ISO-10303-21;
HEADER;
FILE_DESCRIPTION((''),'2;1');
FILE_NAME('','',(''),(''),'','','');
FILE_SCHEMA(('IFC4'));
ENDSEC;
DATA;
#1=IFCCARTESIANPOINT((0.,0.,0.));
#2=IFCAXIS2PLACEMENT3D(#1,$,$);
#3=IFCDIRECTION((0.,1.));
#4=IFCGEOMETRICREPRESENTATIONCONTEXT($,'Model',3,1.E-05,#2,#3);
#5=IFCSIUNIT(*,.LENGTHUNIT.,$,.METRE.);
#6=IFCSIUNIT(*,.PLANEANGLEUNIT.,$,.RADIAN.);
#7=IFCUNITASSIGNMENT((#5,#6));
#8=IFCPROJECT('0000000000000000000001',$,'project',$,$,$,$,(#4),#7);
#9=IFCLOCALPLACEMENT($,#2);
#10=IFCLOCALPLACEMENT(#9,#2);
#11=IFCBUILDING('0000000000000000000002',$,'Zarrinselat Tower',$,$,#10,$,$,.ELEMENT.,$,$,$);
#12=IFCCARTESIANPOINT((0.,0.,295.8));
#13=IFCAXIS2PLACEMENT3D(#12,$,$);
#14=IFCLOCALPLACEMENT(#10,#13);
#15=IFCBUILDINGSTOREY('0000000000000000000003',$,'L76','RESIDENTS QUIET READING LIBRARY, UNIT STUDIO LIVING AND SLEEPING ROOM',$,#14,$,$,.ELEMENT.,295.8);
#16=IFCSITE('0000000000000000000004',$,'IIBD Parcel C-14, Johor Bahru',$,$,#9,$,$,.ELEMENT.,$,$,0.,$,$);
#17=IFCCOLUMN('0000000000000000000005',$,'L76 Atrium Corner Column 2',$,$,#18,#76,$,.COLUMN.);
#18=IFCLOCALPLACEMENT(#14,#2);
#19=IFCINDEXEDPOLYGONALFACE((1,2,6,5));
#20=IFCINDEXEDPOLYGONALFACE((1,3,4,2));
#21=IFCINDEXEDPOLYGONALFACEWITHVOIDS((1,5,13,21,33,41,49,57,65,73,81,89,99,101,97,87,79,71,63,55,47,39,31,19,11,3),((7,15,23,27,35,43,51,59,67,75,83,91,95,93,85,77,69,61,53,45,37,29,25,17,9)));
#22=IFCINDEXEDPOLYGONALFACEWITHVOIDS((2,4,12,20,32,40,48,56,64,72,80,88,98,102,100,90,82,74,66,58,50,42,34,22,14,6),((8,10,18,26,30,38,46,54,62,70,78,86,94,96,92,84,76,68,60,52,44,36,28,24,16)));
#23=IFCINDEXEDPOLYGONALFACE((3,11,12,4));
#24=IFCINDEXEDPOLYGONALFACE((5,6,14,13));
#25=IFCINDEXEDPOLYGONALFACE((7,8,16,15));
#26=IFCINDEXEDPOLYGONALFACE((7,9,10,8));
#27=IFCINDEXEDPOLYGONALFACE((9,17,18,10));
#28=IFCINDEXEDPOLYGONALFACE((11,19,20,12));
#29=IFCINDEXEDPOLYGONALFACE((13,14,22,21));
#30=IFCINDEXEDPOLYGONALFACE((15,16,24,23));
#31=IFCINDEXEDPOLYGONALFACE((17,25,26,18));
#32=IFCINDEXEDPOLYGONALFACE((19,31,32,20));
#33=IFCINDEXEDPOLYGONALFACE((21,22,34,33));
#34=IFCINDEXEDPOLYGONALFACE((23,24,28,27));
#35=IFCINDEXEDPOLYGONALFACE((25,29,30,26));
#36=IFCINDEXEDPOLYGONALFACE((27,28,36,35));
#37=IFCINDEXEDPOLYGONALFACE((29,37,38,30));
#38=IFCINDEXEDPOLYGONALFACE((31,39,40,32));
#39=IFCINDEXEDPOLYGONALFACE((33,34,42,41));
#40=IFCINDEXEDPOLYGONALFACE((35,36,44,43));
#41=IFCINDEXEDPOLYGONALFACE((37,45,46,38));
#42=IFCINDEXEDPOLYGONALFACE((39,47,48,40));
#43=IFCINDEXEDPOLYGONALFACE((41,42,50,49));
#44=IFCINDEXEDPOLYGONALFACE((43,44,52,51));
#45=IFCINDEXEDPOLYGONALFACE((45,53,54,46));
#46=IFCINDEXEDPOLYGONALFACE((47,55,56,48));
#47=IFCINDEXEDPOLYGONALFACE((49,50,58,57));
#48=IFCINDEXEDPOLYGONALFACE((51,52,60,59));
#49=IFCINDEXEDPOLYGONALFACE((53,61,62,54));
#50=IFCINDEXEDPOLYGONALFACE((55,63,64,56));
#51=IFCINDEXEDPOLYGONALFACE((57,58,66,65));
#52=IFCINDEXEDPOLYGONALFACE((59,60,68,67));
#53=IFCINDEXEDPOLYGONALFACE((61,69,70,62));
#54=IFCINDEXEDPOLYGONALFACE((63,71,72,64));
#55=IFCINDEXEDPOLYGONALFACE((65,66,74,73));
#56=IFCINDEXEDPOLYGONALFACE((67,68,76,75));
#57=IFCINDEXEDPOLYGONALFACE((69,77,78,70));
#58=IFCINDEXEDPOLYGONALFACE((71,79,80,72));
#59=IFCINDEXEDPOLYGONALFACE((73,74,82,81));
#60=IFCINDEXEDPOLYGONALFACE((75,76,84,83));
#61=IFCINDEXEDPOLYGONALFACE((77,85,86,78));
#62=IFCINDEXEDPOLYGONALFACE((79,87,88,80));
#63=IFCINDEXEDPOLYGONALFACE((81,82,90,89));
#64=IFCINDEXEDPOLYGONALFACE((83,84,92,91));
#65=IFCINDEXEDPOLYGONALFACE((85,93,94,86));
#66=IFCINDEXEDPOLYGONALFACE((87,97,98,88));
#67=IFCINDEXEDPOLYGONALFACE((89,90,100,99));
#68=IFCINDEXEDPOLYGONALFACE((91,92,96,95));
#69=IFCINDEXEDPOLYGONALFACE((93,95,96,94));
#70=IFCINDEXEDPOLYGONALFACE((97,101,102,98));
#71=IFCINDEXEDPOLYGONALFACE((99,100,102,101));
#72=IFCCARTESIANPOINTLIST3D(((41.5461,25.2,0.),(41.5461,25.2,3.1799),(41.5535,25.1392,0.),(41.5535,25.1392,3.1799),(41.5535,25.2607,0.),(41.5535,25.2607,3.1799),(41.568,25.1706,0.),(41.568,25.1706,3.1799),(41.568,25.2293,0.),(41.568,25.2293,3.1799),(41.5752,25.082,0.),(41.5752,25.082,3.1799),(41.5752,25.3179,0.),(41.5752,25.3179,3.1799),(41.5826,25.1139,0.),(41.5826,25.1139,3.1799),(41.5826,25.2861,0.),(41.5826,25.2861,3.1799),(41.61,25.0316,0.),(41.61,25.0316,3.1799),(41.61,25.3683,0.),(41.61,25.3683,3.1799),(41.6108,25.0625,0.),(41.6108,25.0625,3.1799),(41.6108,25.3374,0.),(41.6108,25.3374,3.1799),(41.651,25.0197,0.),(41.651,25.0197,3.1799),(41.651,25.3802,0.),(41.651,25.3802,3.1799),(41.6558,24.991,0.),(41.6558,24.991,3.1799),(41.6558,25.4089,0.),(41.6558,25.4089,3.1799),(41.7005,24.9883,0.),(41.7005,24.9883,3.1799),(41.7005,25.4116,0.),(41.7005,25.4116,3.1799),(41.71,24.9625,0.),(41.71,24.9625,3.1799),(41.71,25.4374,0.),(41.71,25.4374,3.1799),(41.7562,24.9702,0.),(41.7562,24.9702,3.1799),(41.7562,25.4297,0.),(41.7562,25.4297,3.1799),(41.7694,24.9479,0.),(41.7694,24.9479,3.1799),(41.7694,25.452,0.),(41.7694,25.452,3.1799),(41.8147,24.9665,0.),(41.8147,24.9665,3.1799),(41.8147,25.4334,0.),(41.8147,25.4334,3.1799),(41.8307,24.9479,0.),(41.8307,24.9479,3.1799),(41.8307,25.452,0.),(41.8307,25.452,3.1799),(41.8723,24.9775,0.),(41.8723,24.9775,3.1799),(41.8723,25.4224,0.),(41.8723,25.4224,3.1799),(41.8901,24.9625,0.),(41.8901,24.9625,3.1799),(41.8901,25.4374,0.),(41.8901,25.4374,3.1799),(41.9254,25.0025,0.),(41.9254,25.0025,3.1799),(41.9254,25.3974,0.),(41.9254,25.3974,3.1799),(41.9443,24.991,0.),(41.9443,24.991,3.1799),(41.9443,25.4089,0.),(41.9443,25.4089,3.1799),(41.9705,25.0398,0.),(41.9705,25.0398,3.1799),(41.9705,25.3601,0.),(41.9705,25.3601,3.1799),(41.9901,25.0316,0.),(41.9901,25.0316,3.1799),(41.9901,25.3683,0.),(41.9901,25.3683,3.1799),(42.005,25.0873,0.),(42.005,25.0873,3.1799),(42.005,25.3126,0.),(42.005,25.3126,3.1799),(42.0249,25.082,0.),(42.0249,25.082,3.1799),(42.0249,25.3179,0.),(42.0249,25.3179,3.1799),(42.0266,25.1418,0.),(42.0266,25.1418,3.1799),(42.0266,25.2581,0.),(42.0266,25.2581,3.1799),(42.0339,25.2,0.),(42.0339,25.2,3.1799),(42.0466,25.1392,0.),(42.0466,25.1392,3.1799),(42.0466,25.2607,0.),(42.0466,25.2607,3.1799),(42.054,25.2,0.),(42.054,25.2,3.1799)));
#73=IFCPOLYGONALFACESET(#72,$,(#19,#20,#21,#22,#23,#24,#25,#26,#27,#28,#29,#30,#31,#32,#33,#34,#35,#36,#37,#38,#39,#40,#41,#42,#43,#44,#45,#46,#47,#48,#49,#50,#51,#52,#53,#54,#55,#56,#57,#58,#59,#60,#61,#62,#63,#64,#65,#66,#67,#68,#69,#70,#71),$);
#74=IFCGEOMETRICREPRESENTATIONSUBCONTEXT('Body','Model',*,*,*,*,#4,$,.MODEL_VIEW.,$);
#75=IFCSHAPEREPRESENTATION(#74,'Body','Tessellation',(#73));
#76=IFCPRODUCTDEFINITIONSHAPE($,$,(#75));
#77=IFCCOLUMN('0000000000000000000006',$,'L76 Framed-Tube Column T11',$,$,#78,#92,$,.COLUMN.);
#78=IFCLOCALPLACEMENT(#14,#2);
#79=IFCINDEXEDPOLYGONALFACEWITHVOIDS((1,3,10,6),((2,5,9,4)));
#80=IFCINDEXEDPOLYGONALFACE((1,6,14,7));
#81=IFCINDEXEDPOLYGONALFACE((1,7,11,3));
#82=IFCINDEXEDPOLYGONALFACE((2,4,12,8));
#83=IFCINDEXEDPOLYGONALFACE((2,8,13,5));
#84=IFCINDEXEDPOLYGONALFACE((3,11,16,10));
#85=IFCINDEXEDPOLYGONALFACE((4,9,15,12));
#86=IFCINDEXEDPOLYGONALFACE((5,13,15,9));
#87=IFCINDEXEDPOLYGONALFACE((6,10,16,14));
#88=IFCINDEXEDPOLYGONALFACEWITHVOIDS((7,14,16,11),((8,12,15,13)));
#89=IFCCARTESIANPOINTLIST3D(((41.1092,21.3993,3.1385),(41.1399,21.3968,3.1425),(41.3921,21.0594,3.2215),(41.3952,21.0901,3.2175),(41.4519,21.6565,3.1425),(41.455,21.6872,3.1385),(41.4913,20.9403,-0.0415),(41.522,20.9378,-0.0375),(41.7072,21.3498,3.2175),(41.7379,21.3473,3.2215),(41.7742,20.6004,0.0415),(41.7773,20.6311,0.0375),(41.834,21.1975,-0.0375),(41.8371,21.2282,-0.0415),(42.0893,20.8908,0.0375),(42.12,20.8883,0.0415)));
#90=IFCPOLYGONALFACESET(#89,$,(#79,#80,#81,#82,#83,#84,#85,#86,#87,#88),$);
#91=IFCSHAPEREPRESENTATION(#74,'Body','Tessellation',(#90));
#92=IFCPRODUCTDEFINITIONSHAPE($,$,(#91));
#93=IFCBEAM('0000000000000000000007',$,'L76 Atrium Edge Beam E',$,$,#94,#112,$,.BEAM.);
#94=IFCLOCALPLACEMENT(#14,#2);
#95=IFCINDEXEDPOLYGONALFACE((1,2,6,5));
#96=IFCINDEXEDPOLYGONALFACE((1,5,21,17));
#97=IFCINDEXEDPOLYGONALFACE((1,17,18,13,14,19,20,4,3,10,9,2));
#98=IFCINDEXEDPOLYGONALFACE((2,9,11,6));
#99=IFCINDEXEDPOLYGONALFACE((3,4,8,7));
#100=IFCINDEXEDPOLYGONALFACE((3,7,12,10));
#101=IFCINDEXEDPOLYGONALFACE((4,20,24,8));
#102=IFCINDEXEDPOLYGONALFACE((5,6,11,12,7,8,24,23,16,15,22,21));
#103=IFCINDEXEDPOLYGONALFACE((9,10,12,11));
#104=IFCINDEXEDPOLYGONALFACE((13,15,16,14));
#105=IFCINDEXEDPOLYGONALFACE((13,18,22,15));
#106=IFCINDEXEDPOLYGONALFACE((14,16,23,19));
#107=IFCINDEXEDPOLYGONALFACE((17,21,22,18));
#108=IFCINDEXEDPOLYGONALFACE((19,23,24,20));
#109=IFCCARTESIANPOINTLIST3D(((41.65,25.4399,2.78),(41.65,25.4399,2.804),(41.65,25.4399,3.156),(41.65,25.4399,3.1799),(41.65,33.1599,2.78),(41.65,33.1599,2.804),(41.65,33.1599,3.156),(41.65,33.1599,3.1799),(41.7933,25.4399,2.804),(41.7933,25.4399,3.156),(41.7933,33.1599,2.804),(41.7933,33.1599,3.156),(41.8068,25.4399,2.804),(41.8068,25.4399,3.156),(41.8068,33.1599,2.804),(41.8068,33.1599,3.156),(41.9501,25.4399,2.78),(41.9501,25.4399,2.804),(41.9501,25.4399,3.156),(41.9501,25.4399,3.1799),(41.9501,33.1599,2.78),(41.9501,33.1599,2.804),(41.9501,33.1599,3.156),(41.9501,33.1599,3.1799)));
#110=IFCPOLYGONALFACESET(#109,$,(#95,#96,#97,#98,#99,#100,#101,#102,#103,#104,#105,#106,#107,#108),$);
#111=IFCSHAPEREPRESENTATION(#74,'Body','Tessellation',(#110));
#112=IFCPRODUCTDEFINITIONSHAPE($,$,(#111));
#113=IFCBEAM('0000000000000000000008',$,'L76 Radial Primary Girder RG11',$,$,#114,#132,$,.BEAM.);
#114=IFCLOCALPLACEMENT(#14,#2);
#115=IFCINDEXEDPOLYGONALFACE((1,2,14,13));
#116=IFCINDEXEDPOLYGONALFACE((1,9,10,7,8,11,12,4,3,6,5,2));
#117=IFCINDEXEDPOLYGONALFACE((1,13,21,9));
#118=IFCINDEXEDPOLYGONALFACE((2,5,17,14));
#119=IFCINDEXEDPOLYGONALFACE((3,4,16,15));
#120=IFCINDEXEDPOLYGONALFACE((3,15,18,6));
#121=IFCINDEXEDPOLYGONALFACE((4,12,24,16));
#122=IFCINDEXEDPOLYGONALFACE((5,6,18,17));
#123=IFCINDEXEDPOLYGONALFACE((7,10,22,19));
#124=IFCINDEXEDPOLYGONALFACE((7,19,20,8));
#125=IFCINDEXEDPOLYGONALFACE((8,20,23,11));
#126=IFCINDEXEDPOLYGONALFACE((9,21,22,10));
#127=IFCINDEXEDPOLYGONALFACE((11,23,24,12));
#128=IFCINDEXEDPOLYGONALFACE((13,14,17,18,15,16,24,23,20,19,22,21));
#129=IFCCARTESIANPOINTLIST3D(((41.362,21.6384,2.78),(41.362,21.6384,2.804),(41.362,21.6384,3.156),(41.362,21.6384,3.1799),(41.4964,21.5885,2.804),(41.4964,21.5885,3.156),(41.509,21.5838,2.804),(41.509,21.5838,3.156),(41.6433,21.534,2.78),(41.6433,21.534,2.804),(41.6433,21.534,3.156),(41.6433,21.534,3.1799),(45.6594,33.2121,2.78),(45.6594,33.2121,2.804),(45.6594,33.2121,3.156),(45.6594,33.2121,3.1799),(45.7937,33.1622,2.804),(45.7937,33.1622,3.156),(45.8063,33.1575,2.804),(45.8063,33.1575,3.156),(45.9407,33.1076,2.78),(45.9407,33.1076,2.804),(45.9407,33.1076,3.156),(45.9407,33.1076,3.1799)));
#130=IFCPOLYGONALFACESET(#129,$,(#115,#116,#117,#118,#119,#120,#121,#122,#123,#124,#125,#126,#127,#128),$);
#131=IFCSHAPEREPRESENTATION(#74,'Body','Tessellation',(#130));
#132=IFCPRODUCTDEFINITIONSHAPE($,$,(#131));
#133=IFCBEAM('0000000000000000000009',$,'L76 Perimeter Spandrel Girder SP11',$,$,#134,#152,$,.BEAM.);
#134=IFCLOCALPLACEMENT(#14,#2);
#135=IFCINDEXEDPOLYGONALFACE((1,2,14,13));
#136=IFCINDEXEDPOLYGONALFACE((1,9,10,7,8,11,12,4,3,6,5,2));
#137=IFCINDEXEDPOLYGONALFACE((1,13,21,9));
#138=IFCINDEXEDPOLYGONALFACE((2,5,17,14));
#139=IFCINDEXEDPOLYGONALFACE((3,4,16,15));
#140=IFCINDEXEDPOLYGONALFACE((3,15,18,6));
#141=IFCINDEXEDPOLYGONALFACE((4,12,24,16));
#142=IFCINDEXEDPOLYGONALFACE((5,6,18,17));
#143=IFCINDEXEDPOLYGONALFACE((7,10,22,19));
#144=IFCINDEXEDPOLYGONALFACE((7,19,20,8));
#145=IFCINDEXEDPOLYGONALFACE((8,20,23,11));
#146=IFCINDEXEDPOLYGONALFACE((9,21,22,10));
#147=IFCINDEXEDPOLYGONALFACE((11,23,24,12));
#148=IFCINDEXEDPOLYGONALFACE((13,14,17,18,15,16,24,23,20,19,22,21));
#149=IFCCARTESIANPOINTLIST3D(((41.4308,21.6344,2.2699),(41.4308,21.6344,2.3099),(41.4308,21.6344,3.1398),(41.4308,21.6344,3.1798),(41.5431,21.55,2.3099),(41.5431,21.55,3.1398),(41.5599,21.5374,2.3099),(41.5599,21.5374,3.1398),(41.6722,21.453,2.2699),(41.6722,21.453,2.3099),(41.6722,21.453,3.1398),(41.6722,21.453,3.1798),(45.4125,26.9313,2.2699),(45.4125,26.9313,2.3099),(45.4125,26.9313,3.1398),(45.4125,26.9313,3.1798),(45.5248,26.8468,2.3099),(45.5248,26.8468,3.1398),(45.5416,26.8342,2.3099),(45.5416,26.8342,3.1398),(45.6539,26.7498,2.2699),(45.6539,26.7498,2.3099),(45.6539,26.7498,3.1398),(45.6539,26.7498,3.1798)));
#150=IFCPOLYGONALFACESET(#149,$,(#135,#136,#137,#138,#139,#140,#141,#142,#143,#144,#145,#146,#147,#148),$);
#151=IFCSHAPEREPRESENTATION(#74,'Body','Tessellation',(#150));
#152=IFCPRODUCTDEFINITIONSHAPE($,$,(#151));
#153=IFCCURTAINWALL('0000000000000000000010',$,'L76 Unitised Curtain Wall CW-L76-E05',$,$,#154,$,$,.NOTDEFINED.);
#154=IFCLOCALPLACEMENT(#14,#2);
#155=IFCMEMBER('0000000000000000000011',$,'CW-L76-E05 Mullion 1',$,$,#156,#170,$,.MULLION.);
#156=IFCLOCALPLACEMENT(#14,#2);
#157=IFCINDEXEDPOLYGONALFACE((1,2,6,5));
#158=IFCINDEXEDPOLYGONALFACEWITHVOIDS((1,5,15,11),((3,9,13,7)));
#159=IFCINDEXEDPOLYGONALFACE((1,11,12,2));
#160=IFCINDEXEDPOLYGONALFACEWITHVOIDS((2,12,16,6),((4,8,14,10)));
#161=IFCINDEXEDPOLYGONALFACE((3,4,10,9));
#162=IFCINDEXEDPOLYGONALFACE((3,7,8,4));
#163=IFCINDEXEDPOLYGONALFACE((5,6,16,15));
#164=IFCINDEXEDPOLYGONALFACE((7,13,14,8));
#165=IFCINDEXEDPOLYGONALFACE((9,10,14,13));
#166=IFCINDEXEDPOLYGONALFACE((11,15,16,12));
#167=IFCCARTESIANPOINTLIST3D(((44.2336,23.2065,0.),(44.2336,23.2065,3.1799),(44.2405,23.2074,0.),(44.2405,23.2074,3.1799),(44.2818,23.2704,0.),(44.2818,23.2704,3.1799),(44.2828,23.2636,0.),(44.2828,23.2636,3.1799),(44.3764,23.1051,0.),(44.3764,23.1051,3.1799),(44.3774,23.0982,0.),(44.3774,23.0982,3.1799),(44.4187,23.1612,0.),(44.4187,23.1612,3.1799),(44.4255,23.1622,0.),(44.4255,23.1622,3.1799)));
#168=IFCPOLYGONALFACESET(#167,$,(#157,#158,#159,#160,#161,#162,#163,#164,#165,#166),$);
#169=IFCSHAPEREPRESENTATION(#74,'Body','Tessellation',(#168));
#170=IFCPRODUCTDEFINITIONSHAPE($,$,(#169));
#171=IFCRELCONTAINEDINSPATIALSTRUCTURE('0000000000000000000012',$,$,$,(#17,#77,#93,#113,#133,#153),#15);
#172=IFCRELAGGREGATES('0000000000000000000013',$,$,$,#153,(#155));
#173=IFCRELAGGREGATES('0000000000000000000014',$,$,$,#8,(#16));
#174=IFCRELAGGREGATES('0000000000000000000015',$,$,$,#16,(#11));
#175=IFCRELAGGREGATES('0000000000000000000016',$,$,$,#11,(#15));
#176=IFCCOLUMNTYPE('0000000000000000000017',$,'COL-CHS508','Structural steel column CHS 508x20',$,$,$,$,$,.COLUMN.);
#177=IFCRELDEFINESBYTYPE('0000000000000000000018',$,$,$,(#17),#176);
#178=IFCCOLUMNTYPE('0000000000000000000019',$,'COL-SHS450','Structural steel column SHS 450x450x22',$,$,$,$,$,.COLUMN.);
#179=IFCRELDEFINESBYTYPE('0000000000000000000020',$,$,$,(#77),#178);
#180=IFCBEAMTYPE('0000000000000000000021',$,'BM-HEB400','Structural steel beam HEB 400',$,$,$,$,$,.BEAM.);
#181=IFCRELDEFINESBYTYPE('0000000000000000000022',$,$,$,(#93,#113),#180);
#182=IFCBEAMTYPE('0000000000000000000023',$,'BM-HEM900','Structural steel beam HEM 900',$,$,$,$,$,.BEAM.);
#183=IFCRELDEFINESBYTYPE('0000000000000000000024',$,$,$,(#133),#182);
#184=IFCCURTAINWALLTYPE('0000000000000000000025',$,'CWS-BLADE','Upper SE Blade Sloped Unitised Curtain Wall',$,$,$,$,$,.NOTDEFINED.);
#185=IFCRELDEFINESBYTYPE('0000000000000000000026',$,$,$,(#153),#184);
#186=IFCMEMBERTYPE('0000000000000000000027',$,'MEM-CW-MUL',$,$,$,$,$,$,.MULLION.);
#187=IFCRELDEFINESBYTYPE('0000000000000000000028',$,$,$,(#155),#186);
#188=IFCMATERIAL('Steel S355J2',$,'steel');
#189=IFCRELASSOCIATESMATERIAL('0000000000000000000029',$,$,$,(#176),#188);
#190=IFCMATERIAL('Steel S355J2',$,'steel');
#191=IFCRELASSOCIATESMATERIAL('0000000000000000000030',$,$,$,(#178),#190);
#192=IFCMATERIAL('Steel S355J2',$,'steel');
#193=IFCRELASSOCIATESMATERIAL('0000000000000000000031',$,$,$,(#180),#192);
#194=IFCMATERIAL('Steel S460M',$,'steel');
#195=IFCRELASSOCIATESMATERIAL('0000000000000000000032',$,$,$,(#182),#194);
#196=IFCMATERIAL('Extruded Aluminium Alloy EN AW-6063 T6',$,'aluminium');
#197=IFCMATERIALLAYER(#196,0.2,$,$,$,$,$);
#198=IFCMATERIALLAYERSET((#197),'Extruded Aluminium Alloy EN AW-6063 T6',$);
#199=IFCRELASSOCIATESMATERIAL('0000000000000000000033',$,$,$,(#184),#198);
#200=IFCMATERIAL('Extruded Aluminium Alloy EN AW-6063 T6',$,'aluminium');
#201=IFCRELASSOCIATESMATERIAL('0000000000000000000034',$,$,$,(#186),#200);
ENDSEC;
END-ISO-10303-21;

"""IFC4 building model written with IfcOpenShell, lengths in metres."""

from ifc_helpers import new_model, si_unit, direction, frame, origin, origin_2d, place, context, subcontext, project, spatial, hollow_rectangle, hollow_circle, i_section, extrude, material, layer, layer_set, material_profile, profile_set, type_object, element, aggregate, save


model = new_model("IFC4")

# Units and contexts
model_context = context("Model", 3, precision=1e-05, world=origin(), true_north=direction((0.0, 1.0)))
body_context = subcontext(model_context, "Body", "Model", "MODEL_VIEW")
ifc_project = project(units=[si_unit("LENGTHUNIT", "METRE"), si_unit("PLANEANGLEUNIT", "RADIAN")], contexts=[model_context])

# Site, building, storey
site_placement = place(None, origin())
site = spatial("IfcSite", under=ifc_project, at=site_placement, Name="IIBD Parcel C-14, Johor Bahru", CompositionType="ELEMENT", RefElevation=0.0)
building_placement = place(site_placement, origin())
building = spatial("IfcBuilding", under=site, at=building_placement, Name="Zarrinselat Tower", CompositionType="ELEMENT")
storey_placement = place(building_placement, frame((0.0, 0.0, 295.8)))
storey = spatial("IfcBuildingStorey", under=building, at=storey_placement, Name="L76", Description="RESIDENTS QUIET READING LIBRARY, UNIT STUDIO LIVING AND SLEEPING ROOM", CompositionType="ELEMENT", Elevation=295.8)

# Columns
ifc_material_1 = material(Name="Steel S355J2", Category="steel")
ifc_material_profile_1 = material_profile(ifc_material_1, hollow_circle(Radius=0.2539, WallThickness=0.02, at=origin_2d()), Name="CHS 508x20")
ifc_profile_set_1 = profile_set([ifc_material_profile_1], Name="Steel S355J2")
column_type_1 = type_object("IfcColumnType", Name="COL-CHS508", Description="Structural steel column CHS 508x20", PredefinedType="COLUMN", material=ifc_profile_set_1)
column_1_placement = place(storey_placement, frame((41.8, 25.2, 0.0), z_axis=(0.0, 0.0, 1.0), x_axis=(1.0, 0.0, 0.0)))
element("IfcColumn", 1, at=column_1_placement, inside=storey, type_object=column_type_1, Name="L76 Atrium Corner Column 2", PredefinedType="COLUMN", context=body_context, shape_type="SweptSolid", body=[
    extrude(hollow_circle(Radius=0.2539, WallThickness=0.02, at=origin_2d()), origin(), (0.0, 0.0, 1.0), 3.1799),
])
ifc_material_2 = material(Name="Steel S355J2", Category="steel")
ifc_material_profile_2 = material_profile(ifc_material_2, hollow_rectangle(XDim=0.45, YDim=0.45, WallThickness=0.022, at=origin_2d()), Name="SHS 450x450x22")
ifc_profile_set_2 = profile_set([ifc_material_profile_2], Name="Steel S355J2")
column_type_2 = type_object("IfcColumnType", Name="COL-SHS450", Description="Structural steel column SHS 450x450x22", PredefinedType="COLUMN", material=ifc_profile_set_2)
column_2_placement = place(storey_placement, frame((41.8057, 20.9143, 0.0), z_axis=(-0.118089, 0.141858, 0.982818), x_axis=(-0.768556, -0.639782, 0.0)))
element("IfcColumn", 2, at=column_2_placement, inside=storey, type_object=column_type_2, Name="L76 Framed-Tube Column T11", PredefinedType="COLUMN", context=body_context, shape_type="SweptSolid", body=[
    extrude(hollow_rectangle(XDim=0.45, YDim=0.45, WallThickness=0.022, at=origin_2d()), origin(), (0.0, 0.0, 1.0), 3.2356),
])

# Beams
ifc_material_3 = material(Name="Steel S355J2", Category="steel")
ifc_material_profile_3 = material_profile(ifc_material_3, i_section(OverallWidth=0.3, OverallDepth=0.3999, WebThickness=0.0134, FlangeThickness=0.0239, at=origin_2d()), Name="HEB 400")
ifc_profile_set_3 = profile_set([ifc_material_profile_3], Name="Steel S355J2")
beam_type_1 = type_object("IfcBeamType", Name="BM-HEB400", Description="Structural steel beam HEB 400", PredefinedType="BEAM", material=ifc_profile_set_3)
beam_1_placement = place(storey_placement, frame((41.8, 25.4399, 2.98), z_axis=(0.0, 1.0, 0.0), x_axis=(-1.0, 0.0, 0.0)))
element("IfcBeam", 3, at=beam_1_placement, inside=storey, type_object=beam_type_1, Name="L76 Atrium Edge Beam E", PredefinedType="BEAM", context=body_context, shape_type="SweptSolid", body=[
    extrude(i_section(OverallWidth=0.3, OverallDepth=0.3999, WebThickness=0.0134, FlangeThickness=0.0239, at=origin_2d()), origin(), (0.0, 0.0, 1.0), 7.72),
])
beam_2_placement = place(storey_placement, frame((41.5027, 21.5862, 2.98), z_axis=(0.348083, 0.937464, 0.0), x_axis=(-0.937464, 0.348083, 0.0)))
element("IfcBeam", 4, at=beam_2_placement, inside=storey, type_object=beam_type_1, Name="L76 Radial Primary Girder RG11", PredefinedType="BEAM", context=body_context, shape_type="SweptSolid", body=[
    extrude(i_section(OverallWidth=0.3, OverallDepth=0.3999, WebThickness=0.0134, FlangeThickness=0.0239, at=origin_2d()), origin(), (0.0, 0.0, 1.0), 12.3457),
])
ifc_material_4 = material(Name="Steel S460M", Category="steel")
ifc_material_profile_4 = material_profile(ifc_material_4, i_section(OverallWidth=0.302, OverallDepth=0.9099, WebThickness=0.021, FlangeThickness=0.04, at=origin_2d()), Name="HEM 900")
ifc_profile_set_4 = profile_set([ifc_material_profile_4], Name="Steel S460M")
beam_type_2 = type_object("IfcBeamType", Name="BM-HEM900", Description="Structural steel beam HEM 900", PredefinedType="BEAM", material=ifc_profile_set_4)
beam_3_placement = place(storey_placement, frame((41.5515, 21.5437, 2.7249), z_axis=(0.600872, 0.799345, 0.0), x_axis=(-0.799345, 0.600872, 0.0)))
element("IfcBeam", 5, at=beam_3_placement, inside=storey, type_object=beam_type_2, Name="L76 Perimeter Spandrel Girder SP11", PredefinedType="BEAM", context=body_context, shape_type="SweptSolid", body=[
    extrude(i_section(OverallWidth=0.302, OverallDepth=0.9099, WebThickness=0.021, FlangeThickness=0.04, at=origin_2d()), origin(), (0.0, 0.0, 1.0), 6.6265),
])

# Curtain wall, member
ifc_material_5 = material(Name="Extruded Aluminium Alloy EN AW-6063 T6", Category="aluminium")
ifc_layer_1 = layer(ifc_material_5, 0.2)
ifc_layer_set_1 = layer_set([ifc_layer_1], Name="Extruded Aluminium Alloy EN AW-6063 T6")
curtain_wall_type_1 = type_object("IfcCurtainWallType", Name="CWS-BLADE", Description="Upper SE Blade Sloped Unitised Curtain Wall", PredefinedType="NOTDEFINED", material=ifc_layer_set_1)
curtain_wall_1_placement = place(storey_placement, origin())
curtain_wall_1 = element("IfcCurtainWall", 6, at=curtain_wall_1_placement, inside=storey, type_object=curtain_wall_type_1, Name="L76 Unitised Curtain Wall CW-L76-E05", PredefinedType="NOTDEFINED")
ifc_material_6 = material(Name="Extruded Aluminium Alloy EN AW-6063 T6", Category="aluminium")
ifc_material_profile_5 = material_profile(ifc_material_6, hollow_rectangle(XDim=0.0801, YDim=0.1799, WallThickness=0.0049, at=origin_2d()), Name="RHS 180x80x5")
ifc_profile_set_5 = profile_set([ifc_material_profile_5], Name="Extruded Aluminium Alloy EN AW-6063 T6")
member_type_1 = type_object("IfcMemberType", Name="MEM-CW-MUL", PredefinedType="MULLION", material=ifc_profile_set_5)
member_1_placement = place(storey_placement, frame((44.3296, 23.1843, 0.0), z_axis=(0.0, 0.0, 1.0), x_axis=(0.601673, 0.798743, 0.0)))
member_1 = element("IfcMember", 7, at=member_1_placement, type_object=member_type_1, Name="CW-L76-E05 Mullion 1", PredefinedType="MULLION", context=body_context, shape_type="SweptSolid", body=[
    extrude(hollow_rectangle(XDim=0.0801, YDim=0.1799, WallThickness=0.0049, at=origin_2d()), origin(), (0.0, 0.0, 1.0), 3.1799),
])

aggregate(curtain_wall_1, [member_1])

save(model, "model.ifc")
